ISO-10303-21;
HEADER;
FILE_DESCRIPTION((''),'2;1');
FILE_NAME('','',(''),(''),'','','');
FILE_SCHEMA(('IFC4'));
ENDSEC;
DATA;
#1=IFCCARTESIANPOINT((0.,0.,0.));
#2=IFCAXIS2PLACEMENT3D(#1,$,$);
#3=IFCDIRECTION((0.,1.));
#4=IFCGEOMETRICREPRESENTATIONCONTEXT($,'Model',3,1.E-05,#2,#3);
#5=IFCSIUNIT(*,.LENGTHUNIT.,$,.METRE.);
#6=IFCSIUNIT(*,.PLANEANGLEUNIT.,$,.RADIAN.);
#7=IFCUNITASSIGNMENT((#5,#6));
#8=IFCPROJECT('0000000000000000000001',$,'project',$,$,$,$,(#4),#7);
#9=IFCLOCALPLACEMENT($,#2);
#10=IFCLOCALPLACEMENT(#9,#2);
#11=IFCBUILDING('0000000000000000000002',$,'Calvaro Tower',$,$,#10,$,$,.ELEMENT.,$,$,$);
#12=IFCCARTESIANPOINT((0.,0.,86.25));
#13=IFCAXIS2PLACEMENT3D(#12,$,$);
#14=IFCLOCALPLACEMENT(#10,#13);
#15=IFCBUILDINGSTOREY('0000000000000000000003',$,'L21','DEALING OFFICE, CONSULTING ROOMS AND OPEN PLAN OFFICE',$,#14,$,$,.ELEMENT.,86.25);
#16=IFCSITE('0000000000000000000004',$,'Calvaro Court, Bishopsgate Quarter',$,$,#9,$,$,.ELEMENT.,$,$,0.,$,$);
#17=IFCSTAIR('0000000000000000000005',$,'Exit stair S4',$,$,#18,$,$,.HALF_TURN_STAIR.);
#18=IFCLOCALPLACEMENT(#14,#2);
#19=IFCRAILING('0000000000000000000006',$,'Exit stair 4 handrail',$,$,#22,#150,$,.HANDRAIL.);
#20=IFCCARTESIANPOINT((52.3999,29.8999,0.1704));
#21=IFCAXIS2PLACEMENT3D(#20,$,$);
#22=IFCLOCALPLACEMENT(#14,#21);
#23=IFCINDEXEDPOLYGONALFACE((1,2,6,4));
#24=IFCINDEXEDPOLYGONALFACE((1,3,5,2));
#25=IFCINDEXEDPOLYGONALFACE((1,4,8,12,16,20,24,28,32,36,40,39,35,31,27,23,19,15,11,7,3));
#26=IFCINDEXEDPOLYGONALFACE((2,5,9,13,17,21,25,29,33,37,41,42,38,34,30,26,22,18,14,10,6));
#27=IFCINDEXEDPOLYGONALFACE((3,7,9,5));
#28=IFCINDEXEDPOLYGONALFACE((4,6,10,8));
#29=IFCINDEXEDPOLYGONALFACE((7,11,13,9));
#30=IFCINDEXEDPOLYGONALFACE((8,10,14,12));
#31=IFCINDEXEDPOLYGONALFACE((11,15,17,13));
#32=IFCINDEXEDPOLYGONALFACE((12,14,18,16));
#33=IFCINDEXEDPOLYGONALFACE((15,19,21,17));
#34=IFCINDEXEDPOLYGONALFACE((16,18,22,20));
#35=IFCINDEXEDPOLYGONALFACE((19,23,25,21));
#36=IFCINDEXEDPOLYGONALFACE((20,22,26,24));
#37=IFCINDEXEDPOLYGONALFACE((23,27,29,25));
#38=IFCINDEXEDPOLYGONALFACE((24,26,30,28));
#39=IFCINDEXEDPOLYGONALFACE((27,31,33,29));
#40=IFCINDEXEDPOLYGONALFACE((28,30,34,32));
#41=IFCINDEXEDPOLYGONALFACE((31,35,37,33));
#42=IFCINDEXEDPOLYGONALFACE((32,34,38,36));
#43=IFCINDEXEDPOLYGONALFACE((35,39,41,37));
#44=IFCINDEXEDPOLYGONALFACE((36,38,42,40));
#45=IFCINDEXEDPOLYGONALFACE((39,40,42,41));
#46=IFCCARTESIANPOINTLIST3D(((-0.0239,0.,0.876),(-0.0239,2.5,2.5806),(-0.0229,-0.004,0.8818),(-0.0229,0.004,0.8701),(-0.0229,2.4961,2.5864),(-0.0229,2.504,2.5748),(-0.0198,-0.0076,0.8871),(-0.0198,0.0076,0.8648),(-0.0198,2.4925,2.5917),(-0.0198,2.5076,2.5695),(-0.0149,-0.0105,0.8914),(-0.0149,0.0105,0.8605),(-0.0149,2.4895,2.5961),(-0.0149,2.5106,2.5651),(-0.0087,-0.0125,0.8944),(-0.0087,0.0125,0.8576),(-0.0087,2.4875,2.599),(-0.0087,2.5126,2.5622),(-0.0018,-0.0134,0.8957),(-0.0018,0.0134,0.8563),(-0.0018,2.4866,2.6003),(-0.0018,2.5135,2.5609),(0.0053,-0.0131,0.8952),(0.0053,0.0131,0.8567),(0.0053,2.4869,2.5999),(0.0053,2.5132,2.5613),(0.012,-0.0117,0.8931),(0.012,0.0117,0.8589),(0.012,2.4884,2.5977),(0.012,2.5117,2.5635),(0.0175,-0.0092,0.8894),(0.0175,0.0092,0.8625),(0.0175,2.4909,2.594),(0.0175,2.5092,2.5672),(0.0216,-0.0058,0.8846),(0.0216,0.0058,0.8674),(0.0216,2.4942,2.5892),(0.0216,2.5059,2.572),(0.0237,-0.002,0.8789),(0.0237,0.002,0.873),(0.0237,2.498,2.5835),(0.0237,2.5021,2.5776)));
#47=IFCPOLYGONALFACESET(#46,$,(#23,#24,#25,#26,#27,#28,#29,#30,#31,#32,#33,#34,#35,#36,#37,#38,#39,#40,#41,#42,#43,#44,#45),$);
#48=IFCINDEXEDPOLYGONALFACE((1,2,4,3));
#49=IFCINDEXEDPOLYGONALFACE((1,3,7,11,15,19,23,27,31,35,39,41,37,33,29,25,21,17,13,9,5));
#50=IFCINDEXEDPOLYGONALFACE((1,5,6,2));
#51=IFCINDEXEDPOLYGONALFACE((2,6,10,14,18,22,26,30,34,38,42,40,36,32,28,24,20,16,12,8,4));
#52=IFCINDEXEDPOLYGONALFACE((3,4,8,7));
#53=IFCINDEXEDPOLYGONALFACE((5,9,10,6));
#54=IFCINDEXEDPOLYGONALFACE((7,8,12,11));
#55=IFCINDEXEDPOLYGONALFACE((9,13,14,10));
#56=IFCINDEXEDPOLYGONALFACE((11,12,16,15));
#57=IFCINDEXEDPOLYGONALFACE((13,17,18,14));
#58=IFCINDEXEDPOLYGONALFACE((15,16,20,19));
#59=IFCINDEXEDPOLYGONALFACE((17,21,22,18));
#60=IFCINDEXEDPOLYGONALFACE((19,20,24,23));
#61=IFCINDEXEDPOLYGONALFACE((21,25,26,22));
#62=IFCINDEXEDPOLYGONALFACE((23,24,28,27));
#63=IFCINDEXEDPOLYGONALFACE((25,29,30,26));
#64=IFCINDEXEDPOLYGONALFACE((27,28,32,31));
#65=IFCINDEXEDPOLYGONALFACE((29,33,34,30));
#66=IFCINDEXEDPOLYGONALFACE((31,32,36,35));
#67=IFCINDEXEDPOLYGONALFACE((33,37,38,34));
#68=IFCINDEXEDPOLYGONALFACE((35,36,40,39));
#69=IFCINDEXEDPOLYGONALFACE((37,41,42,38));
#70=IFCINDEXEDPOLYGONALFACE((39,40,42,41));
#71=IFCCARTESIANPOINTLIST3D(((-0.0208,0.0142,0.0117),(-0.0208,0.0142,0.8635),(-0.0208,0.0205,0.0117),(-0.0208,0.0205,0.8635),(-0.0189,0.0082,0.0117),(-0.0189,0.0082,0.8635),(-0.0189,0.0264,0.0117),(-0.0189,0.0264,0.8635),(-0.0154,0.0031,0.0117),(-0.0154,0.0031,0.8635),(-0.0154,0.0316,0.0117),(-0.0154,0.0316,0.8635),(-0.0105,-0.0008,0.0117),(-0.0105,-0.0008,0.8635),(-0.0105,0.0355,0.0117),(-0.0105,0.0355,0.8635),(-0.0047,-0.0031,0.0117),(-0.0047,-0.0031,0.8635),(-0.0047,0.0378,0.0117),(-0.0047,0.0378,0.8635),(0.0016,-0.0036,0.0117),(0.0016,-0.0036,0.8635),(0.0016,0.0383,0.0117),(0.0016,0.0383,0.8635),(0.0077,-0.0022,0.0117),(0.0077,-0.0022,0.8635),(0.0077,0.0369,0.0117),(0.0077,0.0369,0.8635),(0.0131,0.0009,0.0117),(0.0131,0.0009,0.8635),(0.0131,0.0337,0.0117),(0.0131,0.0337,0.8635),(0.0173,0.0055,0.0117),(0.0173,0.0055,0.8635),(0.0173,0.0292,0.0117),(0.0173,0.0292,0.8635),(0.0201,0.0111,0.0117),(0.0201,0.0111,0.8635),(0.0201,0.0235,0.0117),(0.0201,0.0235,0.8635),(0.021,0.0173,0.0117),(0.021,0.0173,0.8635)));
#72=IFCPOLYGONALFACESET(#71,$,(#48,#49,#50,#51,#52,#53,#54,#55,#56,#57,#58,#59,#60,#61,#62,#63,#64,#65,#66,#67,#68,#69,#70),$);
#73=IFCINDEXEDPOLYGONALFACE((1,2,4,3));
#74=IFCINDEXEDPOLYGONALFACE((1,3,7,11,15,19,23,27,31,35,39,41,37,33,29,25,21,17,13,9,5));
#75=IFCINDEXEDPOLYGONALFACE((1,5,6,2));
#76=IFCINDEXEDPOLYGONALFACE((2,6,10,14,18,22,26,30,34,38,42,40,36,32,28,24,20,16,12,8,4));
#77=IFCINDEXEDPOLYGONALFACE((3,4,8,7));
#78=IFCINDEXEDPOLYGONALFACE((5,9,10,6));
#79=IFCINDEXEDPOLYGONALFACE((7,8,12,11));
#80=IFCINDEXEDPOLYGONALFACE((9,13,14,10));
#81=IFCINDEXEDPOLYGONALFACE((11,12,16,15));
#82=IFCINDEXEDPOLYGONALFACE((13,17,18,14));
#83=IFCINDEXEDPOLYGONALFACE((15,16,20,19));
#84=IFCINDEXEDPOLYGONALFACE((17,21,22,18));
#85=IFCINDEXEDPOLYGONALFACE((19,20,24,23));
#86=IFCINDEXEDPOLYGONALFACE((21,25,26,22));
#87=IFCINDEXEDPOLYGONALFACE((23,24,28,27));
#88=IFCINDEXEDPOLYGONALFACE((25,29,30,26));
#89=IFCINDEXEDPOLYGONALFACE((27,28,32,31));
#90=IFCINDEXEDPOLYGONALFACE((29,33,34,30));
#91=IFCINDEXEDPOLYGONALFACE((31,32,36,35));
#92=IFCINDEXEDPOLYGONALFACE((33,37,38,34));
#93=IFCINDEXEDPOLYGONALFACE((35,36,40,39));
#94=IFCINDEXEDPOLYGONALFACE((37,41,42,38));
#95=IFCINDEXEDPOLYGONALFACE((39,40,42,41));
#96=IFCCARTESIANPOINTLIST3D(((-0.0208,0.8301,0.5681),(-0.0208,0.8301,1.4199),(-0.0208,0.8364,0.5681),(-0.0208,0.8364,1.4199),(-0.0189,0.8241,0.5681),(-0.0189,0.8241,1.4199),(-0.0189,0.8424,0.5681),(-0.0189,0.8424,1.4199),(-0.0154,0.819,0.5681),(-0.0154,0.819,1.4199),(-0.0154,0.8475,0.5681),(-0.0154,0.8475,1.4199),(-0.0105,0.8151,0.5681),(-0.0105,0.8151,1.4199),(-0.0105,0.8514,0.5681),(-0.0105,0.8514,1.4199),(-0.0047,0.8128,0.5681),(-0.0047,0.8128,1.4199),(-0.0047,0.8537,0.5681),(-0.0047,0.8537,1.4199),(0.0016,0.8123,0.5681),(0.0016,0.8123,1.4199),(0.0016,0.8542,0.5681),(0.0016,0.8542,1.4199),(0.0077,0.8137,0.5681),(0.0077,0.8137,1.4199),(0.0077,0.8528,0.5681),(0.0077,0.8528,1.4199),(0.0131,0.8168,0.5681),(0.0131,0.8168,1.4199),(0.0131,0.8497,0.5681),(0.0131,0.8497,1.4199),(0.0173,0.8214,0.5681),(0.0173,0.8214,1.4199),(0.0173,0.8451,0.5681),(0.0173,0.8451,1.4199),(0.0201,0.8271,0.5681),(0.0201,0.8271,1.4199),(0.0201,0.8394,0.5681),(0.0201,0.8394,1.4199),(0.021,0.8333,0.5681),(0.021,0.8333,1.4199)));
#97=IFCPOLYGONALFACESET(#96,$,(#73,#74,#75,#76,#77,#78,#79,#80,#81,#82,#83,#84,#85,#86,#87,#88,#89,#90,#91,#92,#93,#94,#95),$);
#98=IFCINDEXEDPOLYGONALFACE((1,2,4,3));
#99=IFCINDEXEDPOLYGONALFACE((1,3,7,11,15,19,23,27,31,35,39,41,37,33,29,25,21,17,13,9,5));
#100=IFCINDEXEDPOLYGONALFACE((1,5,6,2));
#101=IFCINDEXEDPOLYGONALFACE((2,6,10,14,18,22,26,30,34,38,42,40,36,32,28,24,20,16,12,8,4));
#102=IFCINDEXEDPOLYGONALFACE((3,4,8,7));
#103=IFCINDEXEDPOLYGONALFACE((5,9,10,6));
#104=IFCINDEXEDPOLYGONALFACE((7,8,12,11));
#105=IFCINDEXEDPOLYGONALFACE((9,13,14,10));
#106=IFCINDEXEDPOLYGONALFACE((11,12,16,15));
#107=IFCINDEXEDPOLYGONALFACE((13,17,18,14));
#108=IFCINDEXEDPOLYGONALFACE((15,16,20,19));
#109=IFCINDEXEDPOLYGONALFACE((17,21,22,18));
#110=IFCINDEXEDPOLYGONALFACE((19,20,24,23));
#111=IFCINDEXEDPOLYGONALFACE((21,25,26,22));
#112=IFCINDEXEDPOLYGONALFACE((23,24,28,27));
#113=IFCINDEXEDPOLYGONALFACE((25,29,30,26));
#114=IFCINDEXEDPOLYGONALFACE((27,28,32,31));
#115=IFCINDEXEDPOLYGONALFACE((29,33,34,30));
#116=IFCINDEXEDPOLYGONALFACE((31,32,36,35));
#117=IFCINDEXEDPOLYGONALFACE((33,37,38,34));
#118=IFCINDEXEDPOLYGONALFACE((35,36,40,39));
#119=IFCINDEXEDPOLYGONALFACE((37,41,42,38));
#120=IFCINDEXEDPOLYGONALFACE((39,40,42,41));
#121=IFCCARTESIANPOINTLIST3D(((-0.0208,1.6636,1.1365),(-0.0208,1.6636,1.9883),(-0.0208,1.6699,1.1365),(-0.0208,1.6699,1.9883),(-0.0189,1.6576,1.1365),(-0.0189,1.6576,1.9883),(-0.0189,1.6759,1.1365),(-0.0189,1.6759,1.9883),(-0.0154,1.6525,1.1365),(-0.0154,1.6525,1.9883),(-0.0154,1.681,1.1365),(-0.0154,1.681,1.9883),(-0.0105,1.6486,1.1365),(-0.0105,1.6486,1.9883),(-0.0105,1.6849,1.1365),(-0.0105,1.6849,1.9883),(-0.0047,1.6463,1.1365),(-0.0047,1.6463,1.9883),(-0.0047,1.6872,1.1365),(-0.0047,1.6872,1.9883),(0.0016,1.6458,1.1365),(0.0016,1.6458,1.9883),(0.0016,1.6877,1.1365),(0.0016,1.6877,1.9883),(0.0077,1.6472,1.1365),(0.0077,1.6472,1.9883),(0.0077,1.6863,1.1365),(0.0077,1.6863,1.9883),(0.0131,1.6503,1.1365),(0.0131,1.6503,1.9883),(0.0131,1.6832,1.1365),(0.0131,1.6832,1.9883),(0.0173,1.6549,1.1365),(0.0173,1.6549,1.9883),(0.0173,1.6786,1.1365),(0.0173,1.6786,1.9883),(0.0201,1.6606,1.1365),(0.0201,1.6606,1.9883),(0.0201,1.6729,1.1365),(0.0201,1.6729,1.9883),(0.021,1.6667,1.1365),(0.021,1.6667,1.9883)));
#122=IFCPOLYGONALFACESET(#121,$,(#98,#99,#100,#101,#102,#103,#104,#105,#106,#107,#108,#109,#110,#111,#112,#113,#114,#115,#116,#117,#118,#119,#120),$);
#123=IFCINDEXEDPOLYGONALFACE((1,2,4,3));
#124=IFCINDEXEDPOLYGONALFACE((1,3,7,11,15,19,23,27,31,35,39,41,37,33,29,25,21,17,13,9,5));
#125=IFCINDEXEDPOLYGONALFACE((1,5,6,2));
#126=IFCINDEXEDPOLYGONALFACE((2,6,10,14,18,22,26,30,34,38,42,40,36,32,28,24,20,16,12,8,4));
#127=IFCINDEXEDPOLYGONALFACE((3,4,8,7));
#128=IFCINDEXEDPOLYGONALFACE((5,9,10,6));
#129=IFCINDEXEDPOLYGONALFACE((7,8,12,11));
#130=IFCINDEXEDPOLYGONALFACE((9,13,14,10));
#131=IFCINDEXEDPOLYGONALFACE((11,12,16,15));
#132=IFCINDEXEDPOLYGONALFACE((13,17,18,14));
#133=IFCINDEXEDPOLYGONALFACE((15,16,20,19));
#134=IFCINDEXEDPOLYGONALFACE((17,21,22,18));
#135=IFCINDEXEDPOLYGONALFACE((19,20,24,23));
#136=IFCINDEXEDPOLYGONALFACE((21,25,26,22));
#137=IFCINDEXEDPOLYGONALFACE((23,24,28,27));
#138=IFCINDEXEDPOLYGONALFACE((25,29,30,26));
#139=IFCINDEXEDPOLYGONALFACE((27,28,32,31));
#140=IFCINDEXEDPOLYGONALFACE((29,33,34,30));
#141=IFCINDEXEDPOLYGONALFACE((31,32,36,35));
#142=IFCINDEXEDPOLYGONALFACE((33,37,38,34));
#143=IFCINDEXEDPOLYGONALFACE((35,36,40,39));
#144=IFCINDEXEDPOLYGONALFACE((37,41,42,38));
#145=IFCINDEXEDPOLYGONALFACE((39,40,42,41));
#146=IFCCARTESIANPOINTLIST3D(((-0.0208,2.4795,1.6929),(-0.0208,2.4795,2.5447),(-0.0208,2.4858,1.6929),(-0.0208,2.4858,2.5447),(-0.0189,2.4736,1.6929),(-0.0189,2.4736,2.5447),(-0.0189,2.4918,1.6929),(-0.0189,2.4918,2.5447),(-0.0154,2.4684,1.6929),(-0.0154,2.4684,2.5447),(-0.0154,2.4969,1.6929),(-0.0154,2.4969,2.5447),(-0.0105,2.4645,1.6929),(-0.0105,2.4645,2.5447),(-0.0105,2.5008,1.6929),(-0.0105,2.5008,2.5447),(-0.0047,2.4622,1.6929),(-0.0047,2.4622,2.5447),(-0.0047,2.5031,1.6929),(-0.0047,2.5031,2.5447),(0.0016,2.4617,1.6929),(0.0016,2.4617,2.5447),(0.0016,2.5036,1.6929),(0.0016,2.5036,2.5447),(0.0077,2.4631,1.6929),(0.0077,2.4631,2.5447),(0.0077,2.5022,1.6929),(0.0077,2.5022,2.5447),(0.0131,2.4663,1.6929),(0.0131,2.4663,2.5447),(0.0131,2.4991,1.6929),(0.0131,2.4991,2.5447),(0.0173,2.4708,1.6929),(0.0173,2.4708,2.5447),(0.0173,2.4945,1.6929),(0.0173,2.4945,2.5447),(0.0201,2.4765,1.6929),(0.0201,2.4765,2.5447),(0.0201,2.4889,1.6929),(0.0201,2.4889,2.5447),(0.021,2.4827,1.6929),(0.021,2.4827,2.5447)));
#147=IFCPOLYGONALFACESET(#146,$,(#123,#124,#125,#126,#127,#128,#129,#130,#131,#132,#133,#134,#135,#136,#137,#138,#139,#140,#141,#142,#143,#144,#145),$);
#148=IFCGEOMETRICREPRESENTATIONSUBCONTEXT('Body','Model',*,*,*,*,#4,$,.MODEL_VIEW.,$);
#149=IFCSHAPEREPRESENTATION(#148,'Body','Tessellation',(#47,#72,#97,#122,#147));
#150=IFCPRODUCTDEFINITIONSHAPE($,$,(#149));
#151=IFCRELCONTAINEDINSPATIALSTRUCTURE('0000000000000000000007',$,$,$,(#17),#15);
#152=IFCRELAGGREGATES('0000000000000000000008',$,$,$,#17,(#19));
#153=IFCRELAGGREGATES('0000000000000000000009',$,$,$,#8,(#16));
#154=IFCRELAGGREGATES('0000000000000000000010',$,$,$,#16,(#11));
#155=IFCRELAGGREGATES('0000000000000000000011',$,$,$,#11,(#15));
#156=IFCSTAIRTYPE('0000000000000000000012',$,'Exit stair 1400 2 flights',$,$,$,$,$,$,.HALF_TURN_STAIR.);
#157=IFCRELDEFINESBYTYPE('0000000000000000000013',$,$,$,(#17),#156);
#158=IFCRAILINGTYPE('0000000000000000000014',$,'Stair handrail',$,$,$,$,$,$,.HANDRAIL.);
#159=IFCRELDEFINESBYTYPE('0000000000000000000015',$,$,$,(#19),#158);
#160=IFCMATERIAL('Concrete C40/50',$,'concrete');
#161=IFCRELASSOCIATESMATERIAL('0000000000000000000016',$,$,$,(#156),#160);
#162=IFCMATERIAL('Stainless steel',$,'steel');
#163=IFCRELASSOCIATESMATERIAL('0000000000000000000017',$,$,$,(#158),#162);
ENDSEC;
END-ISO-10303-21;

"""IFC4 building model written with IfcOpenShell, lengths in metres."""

from ifc_helpers import new_model, si_unit, direction, frame, origin, origin_2d, place, context, subcontext, project, spatial, circle, extrude, material, type_object, element, aggregate, save


model = new_model("IFC4")

# Units and contexts
model_context = context("Model", 3, precision=1e-05, world=origin(), true_north=direction((0.0, 1.0)))
body_context = subcontext(model_context, "Body", "Model", "MODEL_VIEW")
ifc_project = project(units=[si_unit("LENGTHUNIT", "METRE"), si_unit("PLANEANGLEUNIT", "RADIAN")], contexts=[model_context])

# Site, building, storey
site_placement = place(None, origin())
site = spatial("IfcSite", under=ifc_project, at=site_placement, Name="Calvaro Court, Bishopsgate Quarter", CompositionType="ELEMENT", RefElevation=0.0)
building_placement = place(site_placement, origin())
building = spatial("IfcBuilding", under=site, at=building_placement, Name="Calvaro Tower", CompositionType="ELEMENT")
storey_placement = place(building_placement, frame((0.0, 0.0, 86.25)))
storey = spatial("IfcBuildingStorey", under=building, at=storey_placement, Name="L21", Description="DEALING OFFICE, CONSULTING ROOMS AND OPEN PLAN OFFICE", CompositionType="ELEMENT", Elevation=86.25)

# Stair
ifc_material_1 = material(Name="Concrete C40/50", Category="concrete")
stair_type = type_object("IfcStairType", Name="Exit stair 1400 2 flights", PredefinedType="HALF_TURN_STAIR", material=ifc_material_1)
stair_1_placement = place(storey_placement, origin())
stair_1 = element("IfcStair", 1, at=stair_1_placement, inside=storey, type_object=stair_type, Name="Exit stair S4", PredefinedType="HALF_TURN_STAIR")

# Railing
ifc_material_2 = material(Name="Stainless steel", Category="steel")
railing_type = type_object("IfcRailingType", Name="Stair handrail", PredefinedType="HANDRAIL", material=ifc_material_2)
railing_1_placement = place(storey_placement, frame((52.3999, 29.8999, 0.1704)))
railing_1 = element("IfcRailing", 2, at=railing_1_placement, type_object=railing_type, Name="Exit stair 4 handrail", PredefinedType="HANDRAIL", context=body_context, shape_type="SweptSolid", body=[
    extrude(circle(Radius=0.0239, at=origin_2d()), frame((0.0, 0.0, 0.876), z_axis=(0.0, 0.826221, 0.563347), x_axis=(-1.0, 0.0, 0.0)), (0.0, 0.0, 1.0), 3.0259),
    extrude(circle(Radius=0.021, at=origin_2d()), frame((0.0, 0.0173, 0.0117)), (0.0, 0.0, 1.0), 0.8518),
    extrude(circle(Radius=0.021, at=origin_2d()), frame((0.0, 0.8333, 0.5681)), (0.0, 0.0, 1.0), 0.8518),
    extrude(circle(Radius=0.021, at=origin_2d()), frame((0.0, 1.6667, 1.1365)), (0.0, 0.0, 1.0), 0.8518),
    extrude(circle(Radius=0.021, at=origin_2d()), frame((0.0, 2.4827, 1.6929)), (0.0, 0.0, 1.0), 0.8518),
])
aggregate(stair_1, [railing_1])

save(model, "model.ifc")
